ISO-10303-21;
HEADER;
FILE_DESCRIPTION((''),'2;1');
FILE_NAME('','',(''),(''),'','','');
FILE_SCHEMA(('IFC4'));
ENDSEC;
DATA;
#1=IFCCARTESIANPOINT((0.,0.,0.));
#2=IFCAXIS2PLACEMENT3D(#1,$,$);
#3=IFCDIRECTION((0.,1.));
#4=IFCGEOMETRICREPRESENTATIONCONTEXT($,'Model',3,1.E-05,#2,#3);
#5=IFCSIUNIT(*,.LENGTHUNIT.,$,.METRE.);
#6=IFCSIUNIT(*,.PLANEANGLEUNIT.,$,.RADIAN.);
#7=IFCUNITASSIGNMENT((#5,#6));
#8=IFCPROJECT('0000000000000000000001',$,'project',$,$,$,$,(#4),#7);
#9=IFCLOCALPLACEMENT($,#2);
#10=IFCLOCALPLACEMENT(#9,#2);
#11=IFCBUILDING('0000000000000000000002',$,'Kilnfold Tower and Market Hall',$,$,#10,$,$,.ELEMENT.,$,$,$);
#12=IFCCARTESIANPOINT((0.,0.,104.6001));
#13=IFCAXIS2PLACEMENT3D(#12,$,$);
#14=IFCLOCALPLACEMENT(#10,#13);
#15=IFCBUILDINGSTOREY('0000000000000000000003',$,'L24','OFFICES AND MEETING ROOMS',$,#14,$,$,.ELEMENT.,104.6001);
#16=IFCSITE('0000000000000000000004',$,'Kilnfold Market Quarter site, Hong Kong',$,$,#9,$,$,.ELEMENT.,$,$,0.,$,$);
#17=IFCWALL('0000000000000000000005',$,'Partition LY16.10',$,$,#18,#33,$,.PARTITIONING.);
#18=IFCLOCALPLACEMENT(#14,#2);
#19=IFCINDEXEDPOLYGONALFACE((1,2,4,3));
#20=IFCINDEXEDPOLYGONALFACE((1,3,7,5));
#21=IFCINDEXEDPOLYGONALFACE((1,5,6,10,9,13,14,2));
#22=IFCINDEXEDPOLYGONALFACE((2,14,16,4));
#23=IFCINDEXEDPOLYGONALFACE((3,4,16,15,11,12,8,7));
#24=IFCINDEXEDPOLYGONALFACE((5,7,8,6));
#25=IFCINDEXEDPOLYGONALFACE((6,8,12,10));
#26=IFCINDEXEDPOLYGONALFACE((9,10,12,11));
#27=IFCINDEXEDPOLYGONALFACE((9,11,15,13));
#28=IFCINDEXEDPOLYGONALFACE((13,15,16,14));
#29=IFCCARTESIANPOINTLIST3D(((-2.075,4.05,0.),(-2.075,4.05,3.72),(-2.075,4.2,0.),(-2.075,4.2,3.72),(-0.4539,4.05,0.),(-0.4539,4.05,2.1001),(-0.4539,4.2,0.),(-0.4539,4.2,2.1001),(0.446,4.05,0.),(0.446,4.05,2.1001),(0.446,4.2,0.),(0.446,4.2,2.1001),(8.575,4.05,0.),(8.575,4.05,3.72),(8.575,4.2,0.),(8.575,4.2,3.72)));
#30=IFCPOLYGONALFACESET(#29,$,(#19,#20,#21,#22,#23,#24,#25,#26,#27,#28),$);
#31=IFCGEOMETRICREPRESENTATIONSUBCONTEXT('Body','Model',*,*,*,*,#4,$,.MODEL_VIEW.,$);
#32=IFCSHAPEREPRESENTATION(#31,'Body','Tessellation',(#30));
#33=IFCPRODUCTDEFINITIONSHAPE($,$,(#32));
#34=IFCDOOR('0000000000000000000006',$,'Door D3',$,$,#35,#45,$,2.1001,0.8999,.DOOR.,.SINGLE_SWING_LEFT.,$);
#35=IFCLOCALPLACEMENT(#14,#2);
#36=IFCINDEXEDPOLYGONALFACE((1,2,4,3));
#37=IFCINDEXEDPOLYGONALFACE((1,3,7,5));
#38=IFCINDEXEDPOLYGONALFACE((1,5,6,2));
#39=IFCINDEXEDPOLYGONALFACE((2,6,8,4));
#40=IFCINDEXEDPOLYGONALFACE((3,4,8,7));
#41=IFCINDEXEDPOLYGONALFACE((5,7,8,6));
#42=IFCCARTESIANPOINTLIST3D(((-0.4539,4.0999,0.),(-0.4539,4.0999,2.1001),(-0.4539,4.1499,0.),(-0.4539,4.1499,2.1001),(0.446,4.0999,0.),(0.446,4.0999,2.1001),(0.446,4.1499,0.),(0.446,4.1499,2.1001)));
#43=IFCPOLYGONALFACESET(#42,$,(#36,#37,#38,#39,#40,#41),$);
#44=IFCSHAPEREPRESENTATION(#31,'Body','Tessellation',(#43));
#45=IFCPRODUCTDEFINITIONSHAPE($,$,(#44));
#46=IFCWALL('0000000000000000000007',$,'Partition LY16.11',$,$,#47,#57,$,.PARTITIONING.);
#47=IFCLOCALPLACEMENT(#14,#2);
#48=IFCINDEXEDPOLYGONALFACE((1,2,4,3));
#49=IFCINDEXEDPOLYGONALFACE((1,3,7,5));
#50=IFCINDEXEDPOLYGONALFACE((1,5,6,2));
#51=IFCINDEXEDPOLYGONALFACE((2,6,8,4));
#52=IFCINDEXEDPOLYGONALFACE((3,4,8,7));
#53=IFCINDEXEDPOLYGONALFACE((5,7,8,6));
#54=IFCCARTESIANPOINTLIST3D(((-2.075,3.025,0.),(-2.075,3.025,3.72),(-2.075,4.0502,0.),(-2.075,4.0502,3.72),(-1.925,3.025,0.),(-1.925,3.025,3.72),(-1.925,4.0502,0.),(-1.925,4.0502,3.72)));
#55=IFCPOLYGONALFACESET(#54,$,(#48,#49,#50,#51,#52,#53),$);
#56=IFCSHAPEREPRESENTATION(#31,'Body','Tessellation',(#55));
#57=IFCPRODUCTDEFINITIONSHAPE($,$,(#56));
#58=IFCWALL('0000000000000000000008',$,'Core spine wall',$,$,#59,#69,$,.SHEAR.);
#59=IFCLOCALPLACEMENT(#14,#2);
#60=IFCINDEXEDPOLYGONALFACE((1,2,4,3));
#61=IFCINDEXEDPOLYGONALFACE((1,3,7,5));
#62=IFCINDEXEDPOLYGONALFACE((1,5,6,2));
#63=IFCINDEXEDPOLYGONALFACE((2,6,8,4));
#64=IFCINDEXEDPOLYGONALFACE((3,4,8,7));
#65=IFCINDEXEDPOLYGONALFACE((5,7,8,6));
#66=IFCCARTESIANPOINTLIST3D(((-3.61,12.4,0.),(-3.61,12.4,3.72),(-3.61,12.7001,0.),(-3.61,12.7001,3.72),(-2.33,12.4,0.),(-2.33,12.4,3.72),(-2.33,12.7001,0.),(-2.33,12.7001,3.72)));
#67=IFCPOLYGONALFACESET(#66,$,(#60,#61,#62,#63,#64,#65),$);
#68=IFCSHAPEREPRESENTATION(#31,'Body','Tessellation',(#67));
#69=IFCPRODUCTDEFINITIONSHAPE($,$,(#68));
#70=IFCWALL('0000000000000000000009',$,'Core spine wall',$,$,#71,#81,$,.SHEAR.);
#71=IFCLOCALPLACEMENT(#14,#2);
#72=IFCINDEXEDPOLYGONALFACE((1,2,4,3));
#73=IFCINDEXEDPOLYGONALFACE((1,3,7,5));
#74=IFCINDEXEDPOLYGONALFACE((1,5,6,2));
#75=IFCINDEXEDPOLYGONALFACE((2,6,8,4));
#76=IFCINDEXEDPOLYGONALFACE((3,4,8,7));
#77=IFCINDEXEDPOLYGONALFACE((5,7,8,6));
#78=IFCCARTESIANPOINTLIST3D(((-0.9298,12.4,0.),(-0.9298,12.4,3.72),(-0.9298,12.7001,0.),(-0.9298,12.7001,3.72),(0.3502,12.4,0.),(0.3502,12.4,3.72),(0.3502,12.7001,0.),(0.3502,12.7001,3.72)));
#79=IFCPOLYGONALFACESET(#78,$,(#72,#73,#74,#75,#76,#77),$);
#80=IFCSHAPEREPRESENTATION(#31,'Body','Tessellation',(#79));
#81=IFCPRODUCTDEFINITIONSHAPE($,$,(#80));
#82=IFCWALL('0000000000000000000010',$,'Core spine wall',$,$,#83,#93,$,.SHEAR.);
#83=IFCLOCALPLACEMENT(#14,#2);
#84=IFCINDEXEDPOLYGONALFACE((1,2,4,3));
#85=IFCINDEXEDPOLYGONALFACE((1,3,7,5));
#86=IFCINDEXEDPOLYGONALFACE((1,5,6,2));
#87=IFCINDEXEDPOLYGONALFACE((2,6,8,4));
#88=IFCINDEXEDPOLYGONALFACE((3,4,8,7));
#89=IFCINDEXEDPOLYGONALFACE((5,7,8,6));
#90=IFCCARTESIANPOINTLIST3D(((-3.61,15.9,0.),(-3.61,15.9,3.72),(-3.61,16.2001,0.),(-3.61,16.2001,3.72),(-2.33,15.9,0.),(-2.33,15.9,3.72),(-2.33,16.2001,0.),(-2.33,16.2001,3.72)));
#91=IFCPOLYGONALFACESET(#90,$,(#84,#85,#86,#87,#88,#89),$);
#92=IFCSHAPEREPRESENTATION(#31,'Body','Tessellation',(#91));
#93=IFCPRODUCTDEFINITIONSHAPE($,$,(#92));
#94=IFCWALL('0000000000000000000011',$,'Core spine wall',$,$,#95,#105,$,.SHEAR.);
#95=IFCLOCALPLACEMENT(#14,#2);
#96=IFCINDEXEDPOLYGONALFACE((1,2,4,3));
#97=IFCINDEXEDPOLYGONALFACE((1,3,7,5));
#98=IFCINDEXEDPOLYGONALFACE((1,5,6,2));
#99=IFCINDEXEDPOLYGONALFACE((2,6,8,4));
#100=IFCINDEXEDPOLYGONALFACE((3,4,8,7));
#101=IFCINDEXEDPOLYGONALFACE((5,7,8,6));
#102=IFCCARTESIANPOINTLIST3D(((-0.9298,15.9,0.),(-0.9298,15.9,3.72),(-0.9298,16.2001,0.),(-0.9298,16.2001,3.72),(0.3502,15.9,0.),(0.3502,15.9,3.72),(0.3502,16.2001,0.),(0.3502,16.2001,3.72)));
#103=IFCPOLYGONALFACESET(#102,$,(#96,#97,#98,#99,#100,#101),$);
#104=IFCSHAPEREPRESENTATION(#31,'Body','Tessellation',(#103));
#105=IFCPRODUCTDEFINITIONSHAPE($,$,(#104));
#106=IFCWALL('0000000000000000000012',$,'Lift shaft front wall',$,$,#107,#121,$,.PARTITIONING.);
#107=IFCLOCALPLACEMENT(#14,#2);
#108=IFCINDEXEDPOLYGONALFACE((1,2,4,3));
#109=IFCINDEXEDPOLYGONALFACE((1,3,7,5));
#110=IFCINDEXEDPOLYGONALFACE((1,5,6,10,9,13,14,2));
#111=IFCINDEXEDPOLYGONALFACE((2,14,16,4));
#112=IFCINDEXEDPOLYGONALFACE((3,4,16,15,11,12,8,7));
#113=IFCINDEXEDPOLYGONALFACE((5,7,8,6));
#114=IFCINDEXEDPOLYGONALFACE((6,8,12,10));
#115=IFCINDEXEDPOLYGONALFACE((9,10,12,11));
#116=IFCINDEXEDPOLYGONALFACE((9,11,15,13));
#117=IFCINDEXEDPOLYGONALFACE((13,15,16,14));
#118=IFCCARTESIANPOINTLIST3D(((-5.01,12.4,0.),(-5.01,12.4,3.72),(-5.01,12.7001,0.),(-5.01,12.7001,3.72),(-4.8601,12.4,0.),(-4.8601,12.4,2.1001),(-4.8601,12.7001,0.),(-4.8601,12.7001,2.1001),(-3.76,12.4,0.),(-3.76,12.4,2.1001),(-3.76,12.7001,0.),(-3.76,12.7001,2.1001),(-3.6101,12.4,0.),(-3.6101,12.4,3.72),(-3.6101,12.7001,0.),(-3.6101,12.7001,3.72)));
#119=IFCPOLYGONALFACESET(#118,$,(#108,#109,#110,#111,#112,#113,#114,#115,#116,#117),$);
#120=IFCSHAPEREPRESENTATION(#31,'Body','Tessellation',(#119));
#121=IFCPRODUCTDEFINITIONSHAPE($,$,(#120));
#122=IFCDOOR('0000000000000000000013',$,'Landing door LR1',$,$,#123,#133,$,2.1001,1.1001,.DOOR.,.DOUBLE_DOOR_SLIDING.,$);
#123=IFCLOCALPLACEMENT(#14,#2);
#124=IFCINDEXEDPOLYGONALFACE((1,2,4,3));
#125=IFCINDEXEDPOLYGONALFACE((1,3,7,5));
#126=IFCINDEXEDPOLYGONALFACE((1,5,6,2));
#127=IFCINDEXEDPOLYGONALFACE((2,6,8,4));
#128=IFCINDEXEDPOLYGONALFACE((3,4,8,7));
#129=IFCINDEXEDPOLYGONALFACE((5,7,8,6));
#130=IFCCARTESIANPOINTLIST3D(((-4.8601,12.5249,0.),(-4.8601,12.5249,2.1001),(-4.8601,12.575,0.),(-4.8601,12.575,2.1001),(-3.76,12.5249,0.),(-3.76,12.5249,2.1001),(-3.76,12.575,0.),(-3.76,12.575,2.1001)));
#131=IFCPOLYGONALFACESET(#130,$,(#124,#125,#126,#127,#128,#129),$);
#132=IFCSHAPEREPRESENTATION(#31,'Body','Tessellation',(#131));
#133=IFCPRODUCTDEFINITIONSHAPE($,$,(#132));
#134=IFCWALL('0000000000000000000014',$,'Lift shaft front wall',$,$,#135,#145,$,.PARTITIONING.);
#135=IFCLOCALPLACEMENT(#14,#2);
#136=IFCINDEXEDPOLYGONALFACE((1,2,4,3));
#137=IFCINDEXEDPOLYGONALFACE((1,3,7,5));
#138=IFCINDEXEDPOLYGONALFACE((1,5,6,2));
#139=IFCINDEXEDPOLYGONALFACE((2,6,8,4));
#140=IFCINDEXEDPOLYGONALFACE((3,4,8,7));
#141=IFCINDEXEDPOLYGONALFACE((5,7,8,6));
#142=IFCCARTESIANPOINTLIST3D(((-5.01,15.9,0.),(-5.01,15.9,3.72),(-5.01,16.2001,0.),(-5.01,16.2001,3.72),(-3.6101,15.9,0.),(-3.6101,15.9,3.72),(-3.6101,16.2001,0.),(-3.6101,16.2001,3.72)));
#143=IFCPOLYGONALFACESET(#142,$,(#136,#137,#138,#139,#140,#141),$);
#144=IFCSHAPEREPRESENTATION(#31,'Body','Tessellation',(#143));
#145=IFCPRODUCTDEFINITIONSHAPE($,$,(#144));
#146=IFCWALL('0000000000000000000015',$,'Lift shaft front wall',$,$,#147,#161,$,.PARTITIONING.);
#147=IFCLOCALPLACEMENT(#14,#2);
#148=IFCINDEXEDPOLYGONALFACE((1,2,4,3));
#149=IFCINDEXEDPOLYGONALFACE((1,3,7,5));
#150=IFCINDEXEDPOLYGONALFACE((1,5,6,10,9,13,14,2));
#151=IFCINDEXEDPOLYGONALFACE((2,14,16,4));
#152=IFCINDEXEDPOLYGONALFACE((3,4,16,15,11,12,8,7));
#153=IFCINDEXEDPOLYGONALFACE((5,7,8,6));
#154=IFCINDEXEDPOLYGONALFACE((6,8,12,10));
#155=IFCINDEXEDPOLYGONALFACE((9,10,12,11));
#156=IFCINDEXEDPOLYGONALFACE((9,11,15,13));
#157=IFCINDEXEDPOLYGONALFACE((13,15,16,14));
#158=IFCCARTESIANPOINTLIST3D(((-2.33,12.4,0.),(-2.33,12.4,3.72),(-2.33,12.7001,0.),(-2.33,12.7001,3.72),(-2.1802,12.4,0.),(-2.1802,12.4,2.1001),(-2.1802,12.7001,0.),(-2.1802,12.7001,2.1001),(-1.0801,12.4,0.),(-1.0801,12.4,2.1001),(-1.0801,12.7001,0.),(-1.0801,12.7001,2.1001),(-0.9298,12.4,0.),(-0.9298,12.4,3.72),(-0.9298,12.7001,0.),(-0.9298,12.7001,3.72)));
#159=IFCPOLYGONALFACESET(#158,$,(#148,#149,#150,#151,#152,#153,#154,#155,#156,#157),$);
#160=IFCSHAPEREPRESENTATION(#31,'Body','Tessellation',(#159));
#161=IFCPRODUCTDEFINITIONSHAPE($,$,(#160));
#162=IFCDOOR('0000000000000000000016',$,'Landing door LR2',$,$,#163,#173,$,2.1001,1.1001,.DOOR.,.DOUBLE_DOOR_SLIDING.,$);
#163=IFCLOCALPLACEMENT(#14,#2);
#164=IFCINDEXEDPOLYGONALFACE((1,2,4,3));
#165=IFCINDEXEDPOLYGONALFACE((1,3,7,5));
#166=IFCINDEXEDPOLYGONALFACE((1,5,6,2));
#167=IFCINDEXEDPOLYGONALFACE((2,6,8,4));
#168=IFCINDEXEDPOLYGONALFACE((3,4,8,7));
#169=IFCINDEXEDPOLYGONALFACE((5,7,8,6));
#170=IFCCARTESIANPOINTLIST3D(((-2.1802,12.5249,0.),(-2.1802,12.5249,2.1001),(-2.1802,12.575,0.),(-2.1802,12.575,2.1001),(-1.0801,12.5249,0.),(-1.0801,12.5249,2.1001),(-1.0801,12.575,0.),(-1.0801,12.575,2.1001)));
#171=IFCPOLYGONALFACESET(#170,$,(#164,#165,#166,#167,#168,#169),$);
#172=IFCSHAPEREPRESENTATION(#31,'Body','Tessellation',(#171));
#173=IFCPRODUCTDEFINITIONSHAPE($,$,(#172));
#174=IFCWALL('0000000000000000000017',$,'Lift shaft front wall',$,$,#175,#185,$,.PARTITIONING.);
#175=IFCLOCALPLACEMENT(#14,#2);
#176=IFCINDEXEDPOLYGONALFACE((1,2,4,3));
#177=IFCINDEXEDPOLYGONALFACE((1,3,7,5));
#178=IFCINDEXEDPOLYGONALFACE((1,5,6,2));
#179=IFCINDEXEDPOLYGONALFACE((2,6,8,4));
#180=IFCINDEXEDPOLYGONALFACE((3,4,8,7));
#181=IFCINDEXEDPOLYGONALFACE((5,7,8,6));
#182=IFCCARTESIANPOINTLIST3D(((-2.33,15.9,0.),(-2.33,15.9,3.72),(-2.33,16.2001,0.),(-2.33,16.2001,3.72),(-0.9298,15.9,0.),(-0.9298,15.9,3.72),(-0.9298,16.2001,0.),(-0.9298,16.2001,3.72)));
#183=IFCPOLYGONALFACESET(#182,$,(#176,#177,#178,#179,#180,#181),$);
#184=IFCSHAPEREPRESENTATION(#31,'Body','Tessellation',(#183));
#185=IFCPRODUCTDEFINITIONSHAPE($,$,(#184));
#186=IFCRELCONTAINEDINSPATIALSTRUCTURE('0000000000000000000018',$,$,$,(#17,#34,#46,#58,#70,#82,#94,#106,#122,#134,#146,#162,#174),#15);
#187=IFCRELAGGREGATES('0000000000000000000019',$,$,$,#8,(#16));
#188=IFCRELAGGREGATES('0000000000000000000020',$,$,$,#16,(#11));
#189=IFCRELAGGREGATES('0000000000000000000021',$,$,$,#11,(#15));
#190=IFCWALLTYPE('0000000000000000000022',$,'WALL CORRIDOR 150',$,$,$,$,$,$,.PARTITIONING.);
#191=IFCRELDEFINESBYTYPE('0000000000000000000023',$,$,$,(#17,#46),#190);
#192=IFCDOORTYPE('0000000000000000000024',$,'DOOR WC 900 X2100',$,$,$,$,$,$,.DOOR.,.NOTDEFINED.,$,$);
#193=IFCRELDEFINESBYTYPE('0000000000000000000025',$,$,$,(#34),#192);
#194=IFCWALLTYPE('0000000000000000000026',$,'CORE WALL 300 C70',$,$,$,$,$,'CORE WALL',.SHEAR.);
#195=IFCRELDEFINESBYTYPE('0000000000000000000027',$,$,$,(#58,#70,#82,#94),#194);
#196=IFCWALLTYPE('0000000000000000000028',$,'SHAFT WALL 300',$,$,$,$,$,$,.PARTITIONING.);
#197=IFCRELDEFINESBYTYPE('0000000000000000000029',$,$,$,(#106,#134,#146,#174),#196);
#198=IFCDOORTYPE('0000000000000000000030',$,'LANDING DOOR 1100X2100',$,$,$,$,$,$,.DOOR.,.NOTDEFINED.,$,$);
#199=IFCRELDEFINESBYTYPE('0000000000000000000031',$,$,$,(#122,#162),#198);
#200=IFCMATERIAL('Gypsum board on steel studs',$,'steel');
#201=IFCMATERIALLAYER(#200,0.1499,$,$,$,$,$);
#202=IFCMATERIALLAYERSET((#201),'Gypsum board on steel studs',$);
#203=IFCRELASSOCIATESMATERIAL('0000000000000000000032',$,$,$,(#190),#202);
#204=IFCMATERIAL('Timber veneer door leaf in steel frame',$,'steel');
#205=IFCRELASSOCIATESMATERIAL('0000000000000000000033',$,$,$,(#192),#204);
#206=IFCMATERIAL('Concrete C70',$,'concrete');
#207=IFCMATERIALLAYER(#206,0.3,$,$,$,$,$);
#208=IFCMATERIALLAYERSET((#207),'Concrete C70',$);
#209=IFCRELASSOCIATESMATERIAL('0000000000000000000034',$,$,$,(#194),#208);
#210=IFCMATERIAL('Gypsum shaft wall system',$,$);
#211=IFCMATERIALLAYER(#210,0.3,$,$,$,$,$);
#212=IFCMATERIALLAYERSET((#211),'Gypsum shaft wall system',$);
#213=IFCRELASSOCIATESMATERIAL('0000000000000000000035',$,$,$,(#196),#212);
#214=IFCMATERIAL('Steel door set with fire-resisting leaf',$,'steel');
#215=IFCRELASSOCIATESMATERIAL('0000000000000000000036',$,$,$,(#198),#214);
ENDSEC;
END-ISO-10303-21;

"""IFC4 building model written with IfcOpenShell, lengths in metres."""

from ifc_helpers import new_model, si_unit, direction, frame, frame_2d, origin, place, context, subcontext, project, spatial, rectangle, extrude, source, transform, mapped, material, layer, layer_set, type_object, element, fill, save


model = new_model("IFC4")

# Units and contexts
model_context = context("Model", 3, precision=1e-05, world=origin(), true_north=direction((0.0, 1.0)))
body_context = subcontext(model_context, "Body", "Model", "MODEL_VIEW")
ifc_project = project(units=[si_unit("LENGTHUNIT", "METRE"), si_unit("PLANEANGLEUNIT", "RADIAN")], contexts=[model_context])

# Site, building, storey
site_placement = place(None, origin())
site = spatial("IfcSite", under=ifc_project, at=site_placement, Name="Kilnfold Market Quarter site, Hong Kong", CompositionType="ELEMENT", RefElevation=0.0)
building_placement = place(site_placement, origin())
building = spatial("IfcBuilding", under=site, at=building_placement, Name="Kilnfold Tower and Market Hall", CompositionType="ELEMENT")
storey_placement = place(building_placement, frame((0.0, 0.0, 104.6001)))
storey = spatial("IfcBuildingStorey", under=building, at=storey_placement, Name="L24", Description="OFFICES AND MEETING ROOMS", CompositionType="ELEMENT", Elevation=104.6001)

# Wall, opening, door
ifc_material_1 = material(Name="Gypsum board on steel studs", Category="steel")
ifc_layer_1 = layer(ifc_material_1, 0.1499)
ifc_layer_set_1 = layer_set([ifc_layer_1], Name="Gypsum board on steel studs")
wall_type_1 = type_object("IfcWallType", Name="WALL CORRIDOR 150", PredefinedType="PARTITIONING", material=ifc_layer_set_1)
wall_1_placement = place(storey_placement, frame((-2.075, 4.125, 0.0), z_axis=(0.0, 0.0, 1.0), x_axis=(1.0, 0.0, 0.0)))
wall_1 = element("IfcWall", 1, at=wall_1_placement, inside=storey, type_object=wall_type_1, Name="Partition LY16.10", PredefinedType="PARTITIONING", context=body_context, shape_type="SweptSolid", body=[
    extrude(rectangle(XDim=10.6499, YDim=0.1499, at=frame_2d((5.325, 0.0))), origin(), (0.0, 0.0, 1.0), 3.72),
])
opening_1_placement = place(wall_1_placement, frame((1.6211, 0.0, 0.0)))
opening_1 = element("IfcOpeningElement", 2, at=opening_1_placement, cuts=wall_1, PredefinedType="OPENING", context=body_context, shape_type="SweptSolid", body=[
    extrude(rectangle(XDim=0.8999, YDim=2.1001, at=frame_2d((0.45, 1.05))), frame((0.0, 0.085, 0.0), z_axis=(0.0, -1.0, 0.0), x_axis=(1.0, 0.0, 0.0)), (0.0, 0.0, 1.0), 0.1699),
])
ifc_material_2 = material(Name="Timber veneer door leaf in steel frame", Category="steel")
door_type_1 = type_object("IfcDoorType", Name="DOOR WC 900 X2100", OperationType="NOTDEFINED", PredefinedType="DOOR", material=ifc_material_2)
door_1_placement = place(opening_1_placement, origin())
door_1 = element("IfcDoor", 3, at=door_1_placement, inside=storey, type_object=door_type_1, Name="Door D3", OperationType="SINGLE_SWING_LEFT", OverallHeight=2.1001, OverallWidth=0.8999, PredefinedType="DOOR", context=body_context, shape_type="SweptSolid", body=[
    extrude(rectangle(XDim=0.8999, YDim=2.1001, at=frame_2d((0.45, 1.05))), frame((0.0, 0.0249, 0.0), z_axis=(0.0, -1.0, 0.0), x_axis=(1.0, 0.0, 0.0)), (0.0, 0.0, 1.0), 0.05),
])
fill(opening_1, door_1)

# Walls
wall_2_placement = place(storey_placement, frame((-2.0, 3.0249, 0.0), z_axis=(0.0, 0.0, 1.0), x_axis=(0.0, 1.0, 0.0)))
element("IfcWall", 4, at=wall_2_placement, inside=storey, type_object=wall_type_1, Name="Partition LY16.11", PredefinedType="PARTITIONING", context=body_context, shape_type="SweptSolid", body=[
    extrude(rectangle(XDim=1.0251, YDim=0.1499, at=frame_2d((0.5127, 0.0))), origin(), (0.0, 0.0, 1.0), 3.72),
])
ifc_material_3 = material(Name="Concrete C70", Category="concrete")
ifc_layer_2 = layer(ifc_material_3, 0.3)
ifc_layer_set_2 = layer_set([ifc_layer_2], Name="Concrete C70")
wall_type_2 = type_object("IfcWallType", Name="CORE WALL 300 C70", ElementType="CORE WALL", PredefinedType="SHEAR", material=ifc_layer_set_2)
shared_shape_1 = source(origin(), body_context, "Body", "SweptSolid", [
    extrude(rectangle(XDim=1.28, YDim=0.3, at=frame_2d((0.6401, 0.0))), origin(), (0.0, 0.0, 1.0), 3.72),
])
for number, where, z_axis, x_axis, name in (
    (5, (-3.6101, 12.55, 0.0), (0.0, 0.0, 1.0), (1.0, 0.0, 0.0), "Core spine wall"),
    (6, (-0.9299, 12.55, 0.0), (0.0, 0.0, 1.0), (1.0, 0.0, 0.0), "Core spine wall"),
    (7, (-3.6101, 16.05, 0.0), (0.0, 0.0, 1.0), (1.0, 0.0, 0.0), "Core spine wall"),
    (8, (-0.9299, 16.05, 0.0), (0.0, 0.0, 1.0), (1.0, 0.0, 0.0), "Core spine wall"),
):
    element("IfcWall", number, at=place(storey_placement, frame(where, z_axis=z_axis, x_axis=x_axis)), inside=storey, type_object=wall_type_2, Name=name, PredefinedType="SHEAR", context=body_context, shape_type="MappedRepresentation", body=[
        mapped(shared_shape_1, transform((0.0, 0.0, 0.0))),
    ])

# Wall, opening, door
ifc_material_4 = material(Name="Gypsum shaft wall system")
ifc_layer_3 = layer(ifc_material_4, 0.3)
ifc_layer_set_3 = layer_set([ifc_layer_3], Name="Gypsum shaft wall system")
wall_type_3 = type_object("IfcWallType", Name="SHAFT WALL 300", PredefinedType="PARTITIONING", material=ifc_layer_set_3)
shared_shape_2 = source(origin(), body_context, "Body", "SweptSolid", [
    extrude(rectangle(XDim=1.3999, YDim=0.3, at=frame_2d((0.7, 0.0))), origin(), (0.0, 0.0, 1.0), 3.72),
])
wall_3_placement = place(storey_placement, frame((-5.01, 12.55, 0.0), z_axis=(0.0, 0.0, 1.0), x_axis=(1.0, 0.0, 0.0)))
wall_3 = element("IfcWall", 9, at=wall_3_placement, inside=storey, type_object=wall_type_3, Name="Lift shaft front wall", PredefinedType="PARTITIONING", context=body_context, shape_type="MappedRepresentation", body=[
    mapped(shared_shape_2, transform((0.0, 0.0, 0.0))),
])
opening_2_placement = place(wall_3_placement, frame((0.1499, 0.0, 0.0)))
opening_2 = element("IfcOpeningElement", 10, at=opening_2_placement, cuts=wall_3, PredefinedType="OPENING", context=body_context, shape_type="SweptSolid", body=[
    extrude(rectangle(XDim=1.1001, YDim=2.1001, at=frame_2d((0.55, 1.05))), frame((0.0, 0.1602, 0.0), z_axis=(0.0, -1.0, 0.0), x_axis=(1.0, 0.0, 0.0)), (0.0, 0.0, 1.0), 0.3201),
])
ifc_material_5 = material(Name="Steel door set with fire-resisting leaf", Category="steel")
door_type_2 = type_object("IfcDoorType", Name="LANDING DOOR 1100X2100", OperationType="NOTDEFINED", PredefinedType="DOOR", material=ifc_material_5)
door_2_placement = place(opening_2_placement, origin())
door_2 = element("IfcDoor", 11, at=door_2_placement, inside=storey, type_object=door_type_2, Name="Landing door LR1", OperationType="DOUBLE_DOOR_SLIDING", OverallHeight=2.1001, OverallWidth=1.1001, PredefinedType="DOOR", context=body_context, shape_type="SweptSolid", body=[
    extrude(rectangle(XDim=1.1001, YDim=2.1001, at=frame_2d((0.55, 1.05))), frame((0.0, 0.0249, 0.0), z_axis=(0.0, -1.0, 0.0), x_axis=(1.0, 0.0, 0.0)), (0.0, 0.0, 1.0), 0.05),
])
fill(opening_2, door_2)

# Wall
wall_4_placement = place(storey_placement, frame((-5.01, 16.05, 0.0), z_axis=(0.0, 0.0, 1.0), x_axis=(1.0, 0.0, 0.0)))
element("IfcWall", 12, at=wall_4_placement, inside=storey, type_object=wall_type_3, Name="Lift shaft front wall", PredefinedType="PARTITIONING", context=body_context, shape_type="MappedRepresentation", body=[
    mapped(shared_shape_2, transform((0.0, 0.0, 0.0))),
])

# Wall, opening, door
shared_shape_3 = source(origin(), body_context, "Body", "SweptSolid", [
    extrude(rectangle(XDim=1.4001, YDim=0.3, at=frame_2d((0.7002, 0.0))), origin(), (0.0, 0.0, 1.0), 3.72),
])
wall_5_placement = place(storey_placement, frame((-2.3301, 12.55, 0.0), z_axis=(0.0, 0.0, 1.0), x_axis=(1.0, 0.0, 0.0)))
wall_5 = element("IfcWall", 13, at=wall_5_placement, inside=storey, type_object=wall_type_3, Name="Lift shaft front wall", PredefinedType="PARTITIONING", context=body_context, shape_type="MappedRepresentation", body=[
    mapped(shared_shape_3, transform((0.0, 0.0, 0.0))),
])
opening_3_placement = place(wall_5_placement, frame((0.1499, 0.0, 0.0)))
opening_3 = element("IfcOpeningElement", 14, at=opening_3_placement, cuts=wall_5, PredefinedType="OPENING", context=body_context, shape_type="SweptSolid", body=[
    extrude(rectangle(XDim=1.1001, YDim=2.1001, at=frame_2d((0.55, 1.05))), frame((0.0, 0.1602, 0.0), z_axis=(0.0, -1.0, 0.0), x_axis=(1.0, 0.0, 0.0)), (0.0, 0.0, 1.0), 0.3201),
])
door_3_placement = place(opening_3_placement, origin())
door_3 = element("IfcDoor", 15, at=door_3_placement, inside=storey, type_object=door_type_2, Name="Landing door LR2", OperationType="DOUBLE_DOOR_SLIDING", OverallHeight=2.1001, OverallWidth=1.1001, PredefinedType="DOOR", context=body_context, shape_type="SweptSolid", body=[
    extrude(rectangle(XDim=1.1001, YDim=2.1001, at=frame_2d((0.55, 1.05))), frame((0.0, 0.0249, 0.0), z_axis=(0.0, -1.0, 0.0), x_axis=(1.0, 0.0, 0.0)), (0.0, 0.0, 1.0), 0.05),
])
fill(opening_3, door_3)

# Wall
wall_6_placement = place(storey_placement, frame((-2.3301, 16.05, 0.0), z_axis=(0.0, 0.0, 1.0), x_axis=(1.0, 0.0, 0.0)))
element("IfcWall", 16, at=wall_6_placement, inside=storey, type_object=wall_type_3, Name="Lift shaft front wall", PredefinedType="PARTITIONING", context=body_context, shape_type="MappedRepresentation", body=[
    mapped(shared_shape_3, transform((0.0, 0.0, 0.0))),
])

save(model, "model.ifc")
